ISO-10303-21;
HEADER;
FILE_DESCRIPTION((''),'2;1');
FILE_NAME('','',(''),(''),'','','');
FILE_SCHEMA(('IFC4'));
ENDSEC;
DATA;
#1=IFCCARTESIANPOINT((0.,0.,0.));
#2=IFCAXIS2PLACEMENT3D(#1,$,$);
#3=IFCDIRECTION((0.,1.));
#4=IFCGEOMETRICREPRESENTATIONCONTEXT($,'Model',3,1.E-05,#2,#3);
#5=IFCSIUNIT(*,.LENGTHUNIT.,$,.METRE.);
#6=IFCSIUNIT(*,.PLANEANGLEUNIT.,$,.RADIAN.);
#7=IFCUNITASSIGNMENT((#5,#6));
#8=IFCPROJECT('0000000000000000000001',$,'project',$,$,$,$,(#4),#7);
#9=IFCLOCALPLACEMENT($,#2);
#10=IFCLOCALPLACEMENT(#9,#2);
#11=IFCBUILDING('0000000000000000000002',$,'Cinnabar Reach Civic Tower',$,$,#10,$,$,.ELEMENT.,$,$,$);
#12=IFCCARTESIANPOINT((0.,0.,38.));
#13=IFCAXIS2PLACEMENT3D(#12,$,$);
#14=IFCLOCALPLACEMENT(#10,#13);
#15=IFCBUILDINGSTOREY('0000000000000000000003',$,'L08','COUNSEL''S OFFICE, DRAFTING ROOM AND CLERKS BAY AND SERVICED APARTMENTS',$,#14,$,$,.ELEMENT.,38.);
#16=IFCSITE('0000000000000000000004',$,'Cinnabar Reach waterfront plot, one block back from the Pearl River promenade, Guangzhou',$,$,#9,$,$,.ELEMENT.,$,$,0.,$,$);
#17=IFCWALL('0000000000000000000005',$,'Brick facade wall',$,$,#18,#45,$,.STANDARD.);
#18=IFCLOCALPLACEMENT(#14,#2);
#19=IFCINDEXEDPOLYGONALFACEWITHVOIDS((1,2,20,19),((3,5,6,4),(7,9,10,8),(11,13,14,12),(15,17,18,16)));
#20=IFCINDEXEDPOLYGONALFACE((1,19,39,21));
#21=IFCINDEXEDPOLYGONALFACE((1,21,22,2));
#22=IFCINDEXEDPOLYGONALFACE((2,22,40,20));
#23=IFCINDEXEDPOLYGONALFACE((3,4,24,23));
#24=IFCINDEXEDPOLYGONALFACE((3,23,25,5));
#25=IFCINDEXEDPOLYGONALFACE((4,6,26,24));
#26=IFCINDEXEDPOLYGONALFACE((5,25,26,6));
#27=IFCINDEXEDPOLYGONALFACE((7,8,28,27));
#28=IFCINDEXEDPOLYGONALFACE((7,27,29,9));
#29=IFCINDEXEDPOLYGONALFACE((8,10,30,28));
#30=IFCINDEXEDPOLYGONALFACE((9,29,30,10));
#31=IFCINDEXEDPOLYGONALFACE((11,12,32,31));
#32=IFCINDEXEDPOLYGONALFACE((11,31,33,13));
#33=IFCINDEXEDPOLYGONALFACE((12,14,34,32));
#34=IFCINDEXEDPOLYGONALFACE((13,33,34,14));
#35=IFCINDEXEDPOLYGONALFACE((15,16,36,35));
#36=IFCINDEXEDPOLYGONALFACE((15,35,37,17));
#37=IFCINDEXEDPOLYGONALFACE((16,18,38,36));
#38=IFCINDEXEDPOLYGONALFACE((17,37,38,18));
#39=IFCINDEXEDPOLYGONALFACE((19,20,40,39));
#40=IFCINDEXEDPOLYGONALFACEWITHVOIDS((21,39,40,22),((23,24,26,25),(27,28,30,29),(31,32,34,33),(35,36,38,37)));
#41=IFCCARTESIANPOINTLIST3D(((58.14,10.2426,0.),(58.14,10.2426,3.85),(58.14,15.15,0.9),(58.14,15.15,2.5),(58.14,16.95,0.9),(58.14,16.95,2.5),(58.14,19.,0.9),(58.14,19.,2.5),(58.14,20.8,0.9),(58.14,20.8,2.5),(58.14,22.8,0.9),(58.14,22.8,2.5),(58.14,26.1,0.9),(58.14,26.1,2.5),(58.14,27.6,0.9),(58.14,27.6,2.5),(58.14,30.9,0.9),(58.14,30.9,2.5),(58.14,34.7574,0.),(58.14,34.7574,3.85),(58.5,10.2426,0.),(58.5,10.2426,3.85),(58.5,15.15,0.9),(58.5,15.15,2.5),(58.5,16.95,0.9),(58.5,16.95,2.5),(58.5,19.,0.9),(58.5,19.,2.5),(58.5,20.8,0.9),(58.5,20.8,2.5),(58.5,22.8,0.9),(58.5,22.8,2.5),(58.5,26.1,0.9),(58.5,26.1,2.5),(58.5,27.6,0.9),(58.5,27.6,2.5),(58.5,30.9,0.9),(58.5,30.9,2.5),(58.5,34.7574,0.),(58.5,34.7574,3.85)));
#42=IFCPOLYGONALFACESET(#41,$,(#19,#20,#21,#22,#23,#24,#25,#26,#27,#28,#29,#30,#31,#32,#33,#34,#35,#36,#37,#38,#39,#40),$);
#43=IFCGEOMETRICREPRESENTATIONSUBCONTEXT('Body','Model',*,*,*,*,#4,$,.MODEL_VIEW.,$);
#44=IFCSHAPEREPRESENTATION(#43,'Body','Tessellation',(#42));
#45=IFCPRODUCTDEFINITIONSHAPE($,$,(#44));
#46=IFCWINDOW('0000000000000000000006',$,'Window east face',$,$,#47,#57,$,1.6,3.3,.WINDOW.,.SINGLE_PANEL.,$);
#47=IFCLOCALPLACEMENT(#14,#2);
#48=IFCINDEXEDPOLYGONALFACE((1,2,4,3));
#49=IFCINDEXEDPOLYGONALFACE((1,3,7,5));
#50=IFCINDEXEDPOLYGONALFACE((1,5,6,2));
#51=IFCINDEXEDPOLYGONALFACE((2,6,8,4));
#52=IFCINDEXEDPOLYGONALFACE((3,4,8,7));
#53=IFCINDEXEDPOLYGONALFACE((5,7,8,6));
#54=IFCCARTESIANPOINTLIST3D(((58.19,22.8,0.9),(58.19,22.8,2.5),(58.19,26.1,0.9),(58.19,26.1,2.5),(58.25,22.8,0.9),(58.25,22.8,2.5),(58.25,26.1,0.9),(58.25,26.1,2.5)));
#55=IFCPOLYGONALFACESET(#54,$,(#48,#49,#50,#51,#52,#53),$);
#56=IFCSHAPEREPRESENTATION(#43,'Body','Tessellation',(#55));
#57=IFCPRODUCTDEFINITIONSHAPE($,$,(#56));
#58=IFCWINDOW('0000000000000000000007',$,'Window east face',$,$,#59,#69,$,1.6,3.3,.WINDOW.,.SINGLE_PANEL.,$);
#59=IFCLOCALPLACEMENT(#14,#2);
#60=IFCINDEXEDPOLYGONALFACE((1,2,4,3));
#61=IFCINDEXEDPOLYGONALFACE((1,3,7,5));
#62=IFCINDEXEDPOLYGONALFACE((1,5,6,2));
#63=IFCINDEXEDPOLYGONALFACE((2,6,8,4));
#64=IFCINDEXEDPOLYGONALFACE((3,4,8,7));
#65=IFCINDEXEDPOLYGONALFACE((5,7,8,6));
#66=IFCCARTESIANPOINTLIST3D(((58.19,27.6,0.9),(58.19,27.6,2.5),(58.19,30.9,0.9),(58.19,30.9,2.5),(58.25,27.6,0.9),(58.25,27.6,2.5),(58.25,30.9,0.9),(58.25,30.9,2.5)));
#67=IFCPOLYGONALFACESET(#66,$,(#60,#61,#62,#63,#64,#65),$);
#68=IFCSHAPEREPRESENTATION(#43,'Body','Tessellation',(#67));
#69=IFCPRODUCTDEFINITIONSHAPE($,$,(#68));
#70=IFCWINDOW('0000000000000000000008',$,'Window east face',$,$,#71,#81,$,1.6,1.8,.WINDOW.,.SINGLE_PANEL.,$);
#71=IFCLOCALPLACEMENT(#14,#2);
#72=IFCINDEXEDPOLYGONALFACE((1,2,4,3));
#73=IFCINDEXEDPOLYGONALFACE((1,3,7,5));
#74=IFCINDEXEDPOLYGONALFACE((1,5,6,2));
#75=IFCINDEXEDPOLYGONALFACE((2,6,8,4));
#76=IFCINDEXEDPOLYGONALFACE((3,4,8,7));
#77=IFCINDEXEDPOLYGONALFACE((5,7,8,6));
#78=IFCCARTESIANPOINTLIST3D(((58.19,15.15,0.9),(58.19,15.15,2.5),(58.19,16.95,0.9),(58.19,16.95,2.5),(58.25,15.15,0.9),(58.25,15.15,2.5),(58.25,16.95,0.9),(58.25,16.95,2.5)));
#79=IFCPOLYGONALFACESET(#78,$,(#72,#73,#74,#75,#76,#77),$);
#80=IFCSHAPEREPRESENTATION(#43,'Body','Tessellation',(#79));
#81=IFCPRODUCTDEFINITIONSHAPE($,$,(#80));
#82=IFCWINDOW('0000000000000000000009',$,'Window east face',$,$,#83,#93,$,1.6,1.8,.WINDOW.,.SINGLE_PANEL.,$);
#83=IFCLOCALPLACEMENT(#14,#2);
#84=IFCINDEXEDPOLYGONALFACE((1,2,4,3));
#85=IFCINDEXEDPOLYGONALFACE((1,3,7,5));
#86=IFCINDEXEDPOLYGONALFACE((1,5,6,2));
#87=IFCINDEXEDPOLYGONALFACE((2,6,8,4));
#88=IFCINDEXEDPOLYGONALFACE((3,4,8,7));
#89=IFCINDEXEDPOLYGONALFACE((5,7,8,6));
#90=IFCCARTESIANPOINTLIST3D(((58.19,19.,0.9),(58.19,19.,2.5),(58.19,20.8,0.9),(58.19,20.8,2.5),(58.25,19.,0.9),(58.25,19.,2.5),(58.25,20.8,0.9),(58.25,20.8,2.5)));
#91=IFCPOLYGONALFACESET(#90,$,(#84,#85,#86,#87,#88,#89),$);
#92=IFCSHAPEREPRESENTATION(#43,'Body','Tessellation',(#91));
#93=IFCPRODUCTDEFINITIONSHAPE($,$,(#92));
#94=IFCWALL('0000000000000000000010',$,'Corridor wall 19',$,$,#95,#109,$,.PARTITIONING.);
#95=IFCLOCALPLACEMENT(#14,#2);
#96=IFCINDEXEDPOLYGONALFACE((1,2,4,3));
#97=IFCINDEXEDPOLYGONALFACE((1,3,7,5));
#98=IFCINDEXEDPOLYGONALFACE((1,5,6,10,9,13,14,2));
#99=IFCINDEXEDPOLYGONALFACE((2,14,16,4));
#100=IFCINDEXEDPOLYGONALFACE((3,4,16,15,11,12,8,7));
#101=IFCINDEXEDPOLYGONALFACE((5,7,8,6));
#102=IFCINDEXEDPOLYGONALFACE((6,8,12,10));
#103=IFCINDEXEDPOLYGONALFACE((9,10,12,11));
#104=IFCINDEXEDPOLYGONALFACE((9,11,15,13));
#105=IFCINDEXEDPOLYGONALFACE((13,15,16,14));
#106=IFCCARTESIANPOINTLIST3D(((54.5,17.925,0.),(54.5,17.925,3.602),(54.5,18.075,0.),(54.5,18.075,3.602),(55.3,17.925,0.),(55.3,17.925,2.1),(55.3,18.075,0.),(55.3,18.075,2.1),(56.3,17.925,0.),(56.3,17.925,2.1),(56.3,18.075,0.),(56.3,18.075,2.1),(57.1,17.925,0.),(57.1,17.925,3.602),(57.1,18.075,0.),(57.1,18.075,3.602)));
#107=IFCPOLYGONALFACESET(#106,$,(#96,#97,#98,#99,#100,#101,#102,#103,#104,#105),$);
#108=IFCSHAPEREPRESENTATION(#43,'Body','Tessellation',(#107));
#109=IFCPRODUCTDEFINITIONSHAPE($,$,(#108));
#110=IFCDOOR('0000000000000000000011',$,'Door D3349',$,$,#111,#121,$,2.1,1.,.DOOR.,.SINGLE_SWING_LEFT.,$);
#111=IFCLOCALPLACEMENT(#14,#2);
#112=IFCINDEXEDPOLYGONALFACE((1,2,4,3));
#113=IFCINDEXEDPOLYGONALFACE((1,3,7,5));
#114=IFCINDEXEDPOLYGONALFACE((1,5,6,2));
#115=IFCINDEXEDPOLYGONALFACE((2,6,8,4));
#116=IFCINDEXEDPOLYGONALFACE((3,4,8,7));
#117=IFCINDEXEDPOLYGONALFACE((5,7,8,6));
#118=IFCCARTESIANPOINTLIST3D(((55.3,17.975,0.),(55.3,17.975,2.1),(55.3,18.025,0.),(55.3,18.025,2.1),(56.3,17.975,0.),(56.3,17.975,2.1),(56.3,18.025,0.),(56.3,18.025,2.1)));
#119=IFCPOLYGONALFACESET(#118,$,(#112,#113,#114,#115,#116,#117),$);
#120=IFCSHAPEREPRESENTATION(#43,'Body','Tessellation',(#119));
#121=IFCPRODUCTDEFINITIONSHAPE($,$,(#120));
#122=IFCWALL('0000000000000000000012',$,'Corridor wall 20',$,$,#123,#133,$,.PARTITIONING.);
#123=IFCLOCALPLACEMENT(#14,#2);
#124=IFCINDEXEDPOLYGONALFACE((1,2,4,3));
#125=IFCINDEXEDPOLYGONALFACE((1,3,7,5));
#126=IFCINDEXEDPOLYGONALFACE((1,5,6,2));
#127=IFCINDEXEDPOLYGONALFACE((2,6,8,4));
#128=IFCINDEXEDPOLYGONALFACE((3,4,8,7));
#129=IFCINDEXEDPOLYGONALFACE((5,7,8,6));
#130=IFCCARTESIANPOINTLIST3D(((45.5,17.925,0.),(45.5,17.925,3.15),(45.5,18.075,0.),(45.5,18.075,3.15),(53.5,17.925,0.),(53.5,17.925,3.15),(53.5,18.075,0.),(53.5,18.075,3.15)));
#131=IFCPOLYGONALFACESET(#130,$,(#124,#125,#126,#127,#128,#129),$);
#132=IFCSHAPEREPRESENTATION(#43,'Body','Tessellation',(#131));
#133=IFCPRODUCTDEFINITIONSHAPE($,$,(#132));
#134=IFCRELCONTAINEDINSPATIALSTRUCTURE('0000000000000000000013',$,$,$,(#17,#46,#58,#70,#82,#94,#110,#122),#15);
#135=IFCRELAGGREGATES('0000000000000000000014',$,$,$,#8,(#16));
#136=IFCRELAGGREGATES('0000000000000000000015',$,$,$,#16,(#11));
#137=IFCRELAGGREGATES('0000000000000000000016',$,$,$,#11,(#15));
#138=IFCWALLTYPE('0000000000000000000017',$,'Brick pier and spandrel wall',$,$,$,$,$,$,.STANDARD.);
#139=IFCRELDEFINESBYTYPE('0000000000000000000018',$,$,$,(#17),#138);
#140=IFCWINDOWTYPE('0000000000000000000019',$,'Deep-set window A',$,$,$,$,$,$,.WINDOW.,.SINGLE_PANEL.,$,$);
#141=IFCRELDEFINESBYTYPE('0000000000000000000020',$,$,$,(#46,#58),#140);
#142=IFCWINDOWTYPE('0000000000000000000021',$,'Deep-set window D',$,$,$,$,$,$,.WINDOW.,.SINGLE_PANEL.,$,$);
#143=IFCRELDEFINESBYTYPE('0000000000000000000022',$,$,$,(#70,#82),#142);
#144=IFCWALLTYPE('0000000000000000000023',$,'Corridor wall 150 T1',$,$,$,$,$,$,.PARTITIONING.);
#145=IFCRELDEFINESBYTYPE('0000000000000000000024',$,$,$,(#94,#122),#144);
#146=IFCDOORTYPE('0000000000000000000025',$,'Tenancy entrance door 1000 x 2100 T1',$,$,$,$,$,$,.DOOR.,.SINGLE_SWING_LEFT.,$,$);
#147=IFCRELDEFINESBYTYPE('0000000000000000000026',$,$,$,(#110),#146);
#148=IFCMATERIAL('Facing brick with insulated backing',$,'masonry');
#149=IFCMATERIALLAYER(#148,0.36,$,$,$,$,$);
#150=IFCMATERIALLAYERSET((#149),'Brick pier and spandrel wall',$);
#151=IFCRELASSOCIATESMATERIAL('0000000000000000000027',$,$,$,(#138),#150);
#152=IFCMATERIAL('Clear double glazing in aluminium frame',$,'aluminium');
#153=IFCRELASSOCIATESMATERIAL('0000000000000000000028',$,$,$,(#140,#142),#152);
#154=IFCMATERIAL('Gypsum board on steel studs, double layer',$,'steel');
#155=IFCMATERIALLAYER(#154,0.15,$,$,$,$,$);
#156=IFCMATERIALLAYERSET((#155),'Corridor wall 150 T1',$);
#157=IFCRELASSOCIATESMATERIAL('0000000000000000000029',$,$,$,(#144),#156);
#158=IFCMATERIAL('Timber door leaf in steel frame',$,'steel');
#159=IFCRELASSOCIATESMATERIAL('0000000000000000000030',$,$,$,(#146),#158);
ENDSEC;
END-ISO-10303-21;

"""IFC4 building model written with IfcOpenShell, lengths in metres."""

from ifc_helpers import new_model, si_unit, direction, frame, frame_2d, origin, place, context, subcontext, project, spatial, rectangle, extrude, material, layer, layer_set, type_object, element, fill, save


model = new_model("IFC4")

# Units and contexts
model_context = context("Model", 3, precision=1e-05, world=origin(), true_north=direction((0.0, 1.0)))
body_context = subcontext(model_context, "Body", "Model", "MODEL_VIEW")
ifc_project = project(units=[si_unit("LENGTHUNIT", "METRE"), si_unit("PLANEANGLEUNIT", "RADIAN")], contexts=[model_context])

# Site, building, storey
site_placement = place(None, origin())
site = spatial("IfcSite", under=ifc_project, at=site_placement, Name="Cinnabar Reach waterfront plot, one block back from the Pearl River promenade, Guangzhou", CompositionType="ELEMENT", RefElevation=0.0)
building_placement = place(site_placement, origin())
building = spatial("IfcBuilding", under=site, at=building_placement, Name="Cinnabar Reach Civic Tower", CompositionType="ELEMENT")
storey_placement = place(building_placement, frame((0.0, 0.0, 38.0)))
storey = spatial("IfcBuildingStorey", under=building, at=storey_placement, Name="L08", Description="COUNSEL'S OFFICE, DRAFTING ROOM AND CLERKS BAY AND SERVICED APARTMENTS", CompositionType="ELEMENT", Elevation=38.0)

# Shared definitions
ifc_material_1 = material(Name="Facing brick with insulated backing", Category="masonry")

# Wall, openings, windows
ifc_layer_1 = layer(ifc_material_1, 0.36)
ifc_layer_set_1 = layer_set([ifc_layer_1], Name="Brick pier and spandrel wall")
wall_type_1 = type_object("IfcWallType", Name="Brick pier and spandrel wall", PredefinedType="STANDARD", material=ifc_layer_set_1)
wall_1_placement = place(storey_placement, frame((58.32, 10.2426, 0.0), z_axis=(0.0, 0.0, 1.0), x_axis=(0.0, 1.0, 0.0)))
wall_1 = element("IfcWall", 1, at=wall_1_placement, inside=storey, type_object=wall_type_1, Name="Brick facade wall", PredefinedType="STANDARD", context=body_context, shape_type="SweptSolid", body=[
    extrude(rectangle(XDim=24.5148, YDim=0.36, at=frame_2d((12.2574, 0.0))), origin(), (0.0, 0.0, 1.0), 3.85),
])
opening_1_placement = place(wall_1_placement, frame((4.9074, 0.0, 0.9)))
opening_1 = element("IfcOpeningElement", 2, at=opening_1_placement, cuts=wall_1, PredefinedType="OPENING", context=body_context, shape_type="SweptSolid", body=[
    extrude(rectangle(XDim=1.8, YDim=1.6, at=frame_2d((0.9, 0.8))), frame((0.0, 0.19, 0.0), z_axis=(0.0, -1.0, 0.0), x_axis=(1.0, 0.0, 0.0)), (0.0, 0.0, 1.0), 0.38),
])
opening_2_placement = place(wall_1_placement, frame((8.7574, 0.0, 0.9)))
opening_2 = element("IfcOpeningElement", 3, at=opening_2_placement, cuts=wall_1, PredefinedType="OPENING", context=body_context, shape_type="SweptSolid", body=[
    extrude(rectangle(XDim=1.8, YDim=1.6, at=frame_2d((0.9, 0.8))), frame((0.0, 0.19, 0.0), z_axis=(0.0, -1.0, 0.0), x_axis=(1.0, 0.0, 0.0)), (0.0, 0.0, 1.0), 0.38),
])
opening_3_placement = place(wall_1_placement, frame((12.5574, 0.0, 0.9)))
opening_3 = element("IfcOpeningElement", 4, at=opening_3_placement, cuts=wall_1, PredefinedType="OPENING", context=body_context, shape_type="SweptSolid", body=[
    extrude(rectangle(XDim=3.3, YDim=1.6, at=frame_2d((1.65, 0.8))), frame((0.0, 0.19, 0.0), z_axis=(0.0, -1.0, 0.0), x_axis=(1.0, 0.0, 0.0)), (0.0, 0.0, 1.0), 0.38),
])
opening_4_placement = place(wall_1_placement, frame((17.3574, 0.0, 0.9)))
opening_4 = element("IfcOpeningElement", 5, at=opening_4_placement, cuts=wall_1, PredefinedType="OPENING", context=body_context, shape_type="SweptSolid", body=[
    extrude(rectangle(XDim=3.3, YDim=1.6, at=frame_2d((1.65, 0.8))), frame((0.0, 0.19, 0.0), z_axis=(0.0, -1.0, 0.0), x_axis=(1.0, 0.0, 0.0)), (0.0, 0.0, 1.0), 0.38),
])
ifc_material_2 = material(Name="Clear double glazing in aluminium frame", Category="aluminium")
window_type_1 = type_object("IfcWindowType", Name="Deep-set window A", PartitioningType="SINGLE_PANEL", PredefinedType="WINDOW", material=ifc_material_2)
window_1_placement = place(opening_3_placement, origin())
window_1 = element("IfcWindow", 6, at=window_1_placement, inside=storey, type_object=window_type_1, Name="Window east face", OverallHeight=1.6, OverallWidth=3.3, PartitioningType="SINGLE_PANEL", PredefinedType="WINDOW", context=body_context, shape_type="SweptSolid", body=[
    extrude(rectangle(XDim=3.3, YDim=1.6, at=frame_2d((1.65, 0.8))), frame((0.0, 0.13, 0.0), z_axis=(0.0, -1.0, 0.0), x_axis=(1.0, 0.0, 0.0)), (0.0, 0.0, 1.0), 0.06),
])
fill(opening_3, window_1)
window_2_placement = place(opening_4_placement, origin())
window_2 = element("IfcWindow", 7, at=window_2_placement, inside=storey, type_object=window_type_1, Name="Window east face", OverallHeight=1.6, OverallWidth=3.3, PartitioningType="SINGLE_PANEL", PredefinedType="WINDOW", context=body_context, shape_type="SweptSolid", body=[
    extrude(rectangle(XDim=3.3, YDim=1.6, at=frame_2d((1.65, 0.8))), frame((0.0, 0.13, 0.0), z_axis=(0.0, -1.0, 0.0), x_axis=(1.0, 0.0, 0.0)), (0.0, 0.0, 1.0), 0.06),
])
fill(opening_4, window_2)
window_type_2 = type_object("IfcWindowType", Name="Deep-set window D", PartitioningType="SINGLE_PANEL", PredefinedType="WINDOW", material=ifc_material_2)
window_3_placement = place(opening_1_placement, origin())
window_3 = element("IfcWindow", 8, at=window_3_placement, inside=storey, type_object=window_type_2, Name="Window east face", OverallHeight=1.6, OverallWidth=1.8, PartitioningType="SINGLE_PANEL", PredefinedType="WINDOW", context=body_context, shape_type="SweptSolid", body=[
    extrude(rectangle(XDim=1.8, YDim=1.6, at=frame_2d((0.9, 0.8))), frame((0.0, 0.13, 0.0), z_axis=(0.0, -1.0, 0.0), x_axis=(1.0, 0.0, 0.0)), (0.0, 0.0, 1.0), 0.06),
])
fill(opening_1, window_3)
window_4_placement = place(opening_2_placement, origin())
window_4 = element("IfcWindow", 9, at=window_4_placement, inside=storey, type_object=window_type_2, Name="Window east face", OverallHeight=1.6, OverallWidth=1.8, PartitioningType="SINGLE_PANEL", PredefinedType="WINDOW", context=body_context, shape_type="SweptSolid", body=[
    extrude(rectangle(XDim=1.8, YDim=1.6, at=frame_2d((0.9, 0.8))), frame((0.0, 0.13, 0.0), z_axis=(0.0, -1.0, 0.0), x_axis=(1.0, 0.0, 0.0)), (0.0, 0.0, 1.0), 0.06),
])
fill(opening_2, window_4)

# Wall, opening, door
ifc_material_3 = material(Name="Gypsum board on steel studs, double layer", Category="steel")
ifc_layer_2 = layer(ifc_material_3, 0.15)
ifc_layer_set_2 = layer_set([ifc_layer_2], Name="Corridor wall 150 T1")
wall_type_2 = type_object("IfcWallType", Name="Corridor wall 150 T1", PredefinedType="PARTITIONING", material=ifc_layer_set_2)
wall_2_placement = place(storey_placement, frame((54.5, 18.0, 0.0), z_axis=(0.0, 0.0, 1.0), x_axis=(1.0, 0.0, 0.0)))
wall_2 = element("IfcWall", 10, at=wall_2_placement, inside=storey, type_object=wall_type_2, Name="Corridor wall 19", PredefinedType="PARTITIONING", context=body_context, shape_type="SweptSolid", body=[
    extrude(rectangle(XDim=2.6, YDim=0.15, at=frame_2d((1.3, 0.0))), origin(), (0.0, 0.0, 1.0), 3.602),
])
opening_5_placement = place(wall_2_placement, frame((0.8, 0.0, 0.0)))
opening_5 = element("IfcOpeningElement", 11, at=opening_5_placement, cuts=wall_2, PredefinedType="OPENING", context=body_context, shape_type="SweptSolid", body=[
    extrude(rectangle(XDim=1.0, YDim=2.1, at=frame_2d((0.5, 1.05))), frame((0.0, 0.085, 0.0), z_axis=(0.0, -1.0, 0.0), x_axis=(1.0, 0.0, 0.0)), (0.0, 0.0, 1.0), 0.17),
])
ifc_material_4 = material(Name="Timber door leaf in steel frame", Category="steel")
door_type = type_object("IfcDoorType", Name="Tenancy entrance door 1000 x 2100 T1", OperationType="SINGLE_SWING_LEFT", PredefinedType="DOOR", material=ifc_material_4)
door_placement = place(opening_5_placement, frame((1.0, 0.0, 0.0), z_axis=(0.0, 0.0, 1.0), x_axis=(-1.0, 0.0, 0.0)))
door = element("IfcDoor", 12, at=door_placement, inside=storey, type_object=door_type, Name="Door D3349", OperationType="SINGLE_SWING_LEFT", OverallHeight=2.1, OverallWidth=1.0, PredefinedType="DOOR", context=body_context, shape_type="SweptSolid", body=[
    extrude(rectangle(XDim=1.0, YDim=2.1, at=frame_2d((0.5, 1.05))), frame((0.0, 0.025, 0.0), z_axis=(0.0, -1.0, 0.0), x_axis=(1.0, 0.0, 0.0)), (0.0, 0.0, 1.0), 0.05),
])
fill(opening_5, door)

# Wall
wall_3_placement = place(storey_placement, frame((45.5, 18.0, 0.0), z_axis=(0.0, 0.0, 1.0), x_axis=(1.0, 0.0, 0.0)))
element("IfcWall", 13, at=wall_3_placement, inside=storey, type_object=wall_type_2, Name="Corridor wall 20", PredefinedType="PARTITIONING", context=body_context, shape_type="SweptSolid", body=[
    extrude(rectangle(XDim=8.0, YDim=0.15, at=frame_2d((4.0, 0.0))), origin(), (0.0, 0.0, 1.0), 3.15),
])

save(model, "model.ifc")
